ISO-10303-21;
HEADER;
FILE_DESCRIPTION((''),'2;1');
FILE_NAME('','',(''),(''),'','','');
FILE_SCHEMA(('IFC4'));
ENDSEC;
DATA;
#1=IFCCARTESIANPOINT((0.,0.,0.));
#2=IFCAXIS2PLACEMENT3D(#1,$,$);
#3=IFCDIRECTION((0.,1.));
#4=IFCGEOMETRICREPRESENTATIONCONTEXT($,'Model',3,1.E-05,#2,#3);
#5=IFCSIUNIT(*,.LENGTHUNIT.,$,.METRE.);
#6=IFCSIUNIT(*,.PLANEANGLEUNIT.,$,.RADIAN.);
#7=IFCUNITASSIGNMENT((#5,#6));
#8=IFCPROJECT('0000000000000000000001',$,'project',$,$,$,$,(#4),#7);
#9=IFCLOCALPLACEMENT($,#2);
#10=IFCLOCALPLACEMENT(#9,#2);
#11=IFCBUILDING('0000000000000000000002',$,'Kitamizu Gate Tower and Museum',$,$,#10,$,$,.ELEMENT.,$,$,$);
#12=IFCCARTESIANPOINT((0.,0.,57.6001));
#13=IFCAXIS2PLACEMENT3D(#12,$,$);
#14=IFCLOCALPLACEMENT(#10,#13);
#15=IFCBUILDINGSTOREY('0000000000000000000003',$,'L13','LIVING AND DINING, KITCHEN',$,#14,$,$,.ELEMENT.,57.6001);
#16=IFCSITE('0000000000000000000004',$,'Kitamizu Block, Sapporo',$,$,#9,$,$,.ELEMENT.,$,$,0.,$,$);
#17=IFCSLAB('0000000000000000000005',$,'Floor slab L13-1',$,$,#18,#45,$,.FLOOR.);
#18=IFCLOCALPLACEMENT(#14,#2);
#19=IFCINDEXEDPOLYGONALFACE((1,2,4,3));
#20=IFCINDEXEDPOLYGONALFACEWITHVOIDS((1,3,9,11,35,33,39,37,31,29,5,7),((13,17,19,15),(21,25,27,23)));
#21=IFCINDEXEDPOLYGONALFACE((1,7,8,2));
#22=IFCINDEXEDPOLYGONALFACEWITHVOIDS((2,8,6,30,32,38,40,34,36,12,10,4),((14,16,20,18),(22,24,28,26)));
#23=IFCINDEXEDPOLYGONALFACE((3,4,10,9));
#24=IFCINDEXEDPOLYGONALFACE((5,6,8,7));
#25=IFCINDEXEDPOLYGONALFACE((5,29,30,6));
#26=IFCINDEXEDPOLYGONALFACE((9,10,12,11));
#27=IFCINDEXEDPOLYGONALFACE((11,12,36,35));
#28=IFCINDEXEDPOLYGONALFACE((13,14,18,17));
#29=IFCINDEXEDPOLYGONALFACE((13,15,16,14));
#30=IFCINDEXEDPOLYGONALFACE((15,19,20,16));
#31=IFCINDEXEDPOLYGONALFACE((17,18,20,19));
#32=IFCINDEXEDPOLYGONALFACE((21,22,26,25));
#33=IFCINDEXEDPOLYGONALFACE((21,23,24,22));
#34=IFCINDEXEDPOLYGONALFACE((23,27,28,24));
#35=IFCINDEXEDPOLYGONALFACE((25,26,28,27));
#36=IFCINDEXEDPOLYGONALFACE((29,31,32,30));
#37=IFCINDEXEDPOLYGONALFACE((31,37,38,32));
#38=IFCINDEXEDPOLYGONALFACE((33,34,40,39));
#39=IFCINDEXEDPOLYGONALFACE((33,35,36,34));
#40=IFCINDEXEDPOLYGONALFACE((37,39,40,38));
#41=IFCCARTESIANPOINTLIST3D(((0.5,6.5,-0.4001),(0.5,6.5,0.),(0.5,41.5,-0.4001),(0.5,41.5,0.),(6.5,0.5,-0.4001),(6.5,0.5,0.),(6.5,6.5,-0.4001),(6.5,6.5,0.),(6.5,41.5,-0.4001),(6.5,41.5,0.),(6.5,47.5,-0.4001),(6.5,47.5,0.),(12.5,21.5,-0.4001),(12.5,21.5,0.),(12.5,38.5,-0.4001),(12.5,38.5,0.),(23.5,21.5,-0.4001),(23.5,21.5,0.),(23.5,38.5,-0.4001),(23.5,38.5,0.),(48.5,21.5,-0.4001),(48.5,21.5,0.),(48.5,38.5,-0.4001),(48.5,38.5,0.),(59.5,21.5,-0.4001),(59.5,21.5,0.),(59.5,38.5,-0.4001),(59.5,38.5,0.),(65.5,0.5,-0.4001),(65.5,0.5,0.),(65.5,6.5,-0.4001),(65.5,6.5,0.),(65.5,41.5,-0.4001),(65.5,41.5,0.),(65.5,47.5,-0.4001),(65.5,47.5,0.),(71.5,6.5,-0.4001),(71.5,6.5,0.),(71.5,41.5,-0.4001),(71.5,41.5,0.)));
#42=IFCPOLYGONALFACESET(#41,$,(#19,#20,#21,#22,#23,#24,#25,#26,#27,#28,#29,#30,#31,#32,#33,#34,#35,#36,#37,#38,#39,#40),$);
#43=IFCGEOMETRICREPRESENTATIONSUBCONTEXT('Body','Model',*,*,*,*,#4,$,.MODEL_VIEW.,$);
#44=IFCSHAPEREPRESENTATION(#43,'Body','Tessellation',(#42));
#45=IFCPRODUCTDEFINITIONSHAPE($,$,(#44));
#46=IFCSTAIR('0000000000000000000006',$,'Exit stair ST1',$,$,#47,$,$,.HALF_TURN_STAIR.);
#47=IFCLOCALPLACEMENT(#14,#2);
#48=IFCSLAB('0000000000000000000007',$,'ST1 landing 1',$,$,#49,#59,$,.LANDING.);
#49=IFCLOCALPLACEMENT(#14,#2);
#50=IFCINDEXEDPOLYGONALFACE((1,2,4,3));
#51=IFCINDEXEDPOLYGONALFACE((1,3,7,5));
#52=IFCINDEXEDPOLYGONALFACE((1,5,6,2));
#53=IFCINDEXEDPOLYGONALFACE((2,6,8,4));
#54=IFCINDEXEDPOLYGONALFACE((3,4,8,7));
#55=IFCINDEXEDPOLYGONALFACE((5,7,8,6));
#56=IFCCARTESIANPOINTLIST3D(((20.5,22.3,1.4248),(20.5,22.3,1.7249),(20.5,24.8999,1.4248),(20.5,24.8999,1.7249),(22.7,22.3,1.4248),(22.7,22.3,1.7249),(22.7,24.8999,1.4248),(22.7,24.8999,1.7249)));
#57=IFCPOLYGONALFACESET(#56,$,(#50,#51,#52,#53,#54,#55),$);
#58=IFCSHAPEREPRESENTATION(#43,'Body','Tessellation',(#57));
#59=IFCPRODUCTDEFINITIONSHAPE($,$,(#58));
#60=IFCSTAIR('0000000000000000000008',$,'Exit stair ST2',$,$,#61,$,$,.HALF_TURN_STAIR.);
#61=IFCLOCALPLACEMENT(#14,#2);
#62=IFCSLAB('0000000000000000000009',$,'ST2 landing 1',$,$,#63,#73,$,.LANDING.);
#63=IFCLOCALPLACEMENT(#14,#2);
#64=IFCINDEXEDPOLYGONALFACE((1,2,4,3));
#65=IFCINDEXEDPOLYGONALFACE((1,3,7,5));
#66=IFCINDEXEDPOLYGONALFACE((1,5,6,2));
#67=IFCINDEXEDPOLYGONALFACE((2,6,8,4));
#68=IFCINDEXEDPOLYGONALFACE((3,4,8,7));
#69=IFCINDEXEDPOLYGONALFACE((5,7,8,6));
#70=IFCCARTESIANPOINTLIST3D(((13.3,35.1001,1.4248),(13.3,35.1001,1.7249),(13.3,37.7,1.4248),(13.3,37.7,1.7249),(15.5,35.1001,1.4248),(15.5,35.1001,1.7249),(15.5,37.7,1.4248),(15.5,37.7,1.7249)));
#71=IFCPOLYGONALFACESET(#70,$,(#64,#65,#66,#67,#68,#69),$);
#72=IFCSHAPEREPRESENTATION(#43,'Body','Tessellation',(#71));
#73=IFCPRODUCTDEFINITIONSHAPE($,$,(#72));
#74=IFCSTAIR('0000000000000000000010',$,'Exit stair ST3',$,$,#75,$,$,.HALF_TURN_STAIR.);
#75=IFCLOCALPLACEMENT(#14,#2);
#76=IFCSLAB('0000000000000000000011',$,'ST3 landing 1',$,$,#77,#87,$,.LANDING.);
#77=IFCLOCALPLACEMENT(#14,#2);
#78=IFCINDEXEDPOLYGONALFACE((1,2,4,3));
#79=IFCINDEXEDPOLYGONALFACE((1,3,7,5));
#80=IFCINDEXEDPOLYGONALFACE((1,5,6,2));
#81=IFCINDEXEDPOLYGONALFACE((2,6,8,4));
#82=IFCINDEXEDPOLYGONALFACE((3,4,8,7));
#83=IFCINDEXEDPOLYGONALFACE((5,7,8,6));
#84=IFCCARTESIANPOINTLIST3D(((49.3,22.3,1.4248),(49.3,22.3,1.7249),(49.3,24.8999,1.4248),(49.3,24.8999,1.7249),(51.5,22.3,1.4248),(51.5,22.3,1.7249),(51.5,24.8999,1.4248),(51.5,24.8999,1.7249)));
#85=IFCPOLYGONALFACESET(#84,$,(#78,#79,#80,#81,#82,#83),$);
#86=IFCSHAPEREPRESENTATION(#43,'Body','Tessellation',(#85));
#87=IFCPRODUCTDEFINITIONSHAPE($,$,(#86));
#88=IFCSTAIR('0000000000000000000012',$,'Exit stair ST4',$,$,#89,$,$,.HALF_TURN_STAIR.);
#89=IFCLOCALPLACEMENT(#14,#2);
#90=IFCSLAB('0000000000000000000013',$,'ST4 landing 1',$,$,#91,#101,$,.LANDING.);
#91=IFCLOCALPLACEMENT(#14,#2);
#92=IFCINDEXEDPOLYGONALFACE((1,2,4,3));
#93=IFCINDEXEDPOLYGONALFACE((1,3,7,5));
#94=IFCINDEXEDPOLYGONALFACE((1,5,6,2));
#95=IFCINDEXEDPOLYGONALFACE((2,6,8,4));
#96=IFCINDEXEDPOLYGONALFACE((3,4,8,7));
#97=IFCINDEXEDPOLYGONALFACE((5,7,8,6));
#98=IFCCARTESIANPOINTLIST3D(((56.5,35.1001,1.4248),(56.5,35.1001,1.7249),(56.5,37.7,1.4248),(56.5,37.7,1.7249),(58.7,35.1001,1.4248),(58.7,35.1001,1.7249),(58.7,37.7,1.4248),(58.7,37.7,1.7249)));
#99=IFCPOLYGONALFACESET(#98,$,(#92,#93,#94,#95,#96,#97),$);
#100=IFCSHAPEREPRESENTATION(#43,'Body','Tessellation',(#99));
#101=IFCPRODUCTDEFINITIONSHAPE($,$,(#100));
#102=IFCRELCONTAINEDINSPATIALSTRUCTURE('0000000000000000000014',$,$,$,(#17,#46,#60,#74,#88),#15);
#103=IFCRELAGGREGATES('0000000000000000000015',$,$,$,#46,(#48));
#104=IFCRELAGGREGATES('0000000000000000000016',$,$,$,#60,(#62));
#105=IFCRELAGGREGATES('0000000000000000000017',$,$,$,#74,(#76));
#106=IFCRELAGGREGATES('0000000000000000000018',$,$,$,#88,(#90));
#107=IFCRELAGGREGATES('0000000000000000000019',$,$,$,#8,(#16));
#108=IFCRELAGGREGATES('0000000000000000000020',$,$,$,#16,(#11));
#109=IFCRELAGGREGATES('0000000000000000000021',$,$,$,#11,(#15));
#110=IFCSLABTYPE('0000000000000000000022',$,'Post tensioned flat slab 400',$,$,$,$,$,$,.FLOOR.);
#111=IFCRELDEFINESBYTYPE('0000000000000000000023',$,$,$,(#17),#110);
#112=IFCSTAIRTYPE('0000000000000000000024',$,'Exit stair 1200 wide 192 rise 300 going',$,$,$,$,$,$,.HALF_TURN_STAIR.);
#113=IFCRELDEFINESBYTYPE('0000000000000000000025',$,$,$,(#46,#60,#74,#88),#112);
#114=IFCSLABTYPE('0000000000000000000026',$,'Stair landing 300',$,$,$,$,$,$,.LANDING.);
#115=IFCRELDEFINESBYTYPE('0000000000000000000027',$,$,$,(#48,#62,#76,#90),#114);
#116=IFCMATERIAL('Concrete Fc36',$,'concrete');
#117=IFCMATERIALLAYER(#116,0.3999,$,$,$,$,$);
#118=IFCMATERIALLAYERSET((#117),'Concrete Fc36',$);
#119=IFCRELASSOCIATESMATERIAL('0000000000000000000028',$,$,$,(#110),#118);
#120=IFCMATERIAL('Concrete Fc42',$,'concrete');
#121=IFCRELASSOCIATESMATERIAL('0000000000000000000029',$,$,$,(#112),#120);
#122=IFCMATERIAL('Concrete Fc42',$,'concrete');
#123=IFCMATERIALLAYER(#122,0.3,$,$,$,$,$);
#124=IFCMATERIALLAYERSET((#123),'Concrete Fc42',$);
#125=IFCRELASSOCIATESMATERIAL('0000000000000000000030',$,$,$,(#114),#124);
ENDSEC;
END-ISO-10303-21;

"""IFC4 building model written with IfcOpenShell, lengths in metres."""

from ifc_helpers import new_model, si_unit, direction, frame, origin, place, context, subcontext, project, spatial, polyline, outline, extrude, material, layer, layer_set, type_object, element, aggregate, save


model = new_model("IFC4")

# Units and contexts
model_context = context("Model", 3, precision=1e-05, world=origin(), true_north=direction((0.0, 1.0)))
body_context = subcontext(model_context, "Body", "Model", "MODEL_VIEW")
ifc_project = project(units=[si_unit("LENGTHUNIT", "METRE"), si_unit("PLANEANGLEUNIT", "RADIAN")], contexts=[model_context])

# Site, building, storey
site_placement = place(None, origin())
site = spatial("IfcSite", under=ifc_project, at=site_placement, Name="Kitamizu Block, Sapporo", CompositionType="ELEMENT", RefElevation=0.0)
building_placement = place(site_placement, origin())
building = spatial("IfcBuilding", under=site, at=building_placement, Name="Kitamizu Gate Tower and Museum", CompositionType="ELEMENT")
storey_placement = place(building_placement, frame((0.0, 0.0, 57.6001)))
storey = spatial("IfcBuildingStorey", under=building, at=storey_placement, Name="L13", Description="LIVING AND DINING, KITCHEN", CompositionType="ELEMENT", Elevation=57.6001)

# Slab
ifc_material_1 = material(Name="Concrete Fc36", Category="concrete")
ifc_layer_1 = layer(ifc_material_1, 0.3999)
ifc_layer_set_1 = layer_set([ifc_layer_1], Name="Concrete Fc36")
slab_type_1 = type_object("IfcSlabType", Name="Post tensioned flat slab 400", PredefinedType="FLOOR", material=ifc_layer_set_1)
slab_1_placement = place(storey_placement, frame((0.0, 0.0, -0.4001)))
element("IfcSlab", 1, at=slab_1_placement, inside=storey, type_object=slab_type_1, Name="Floor slab L13-1", PredefinedType="FLOOR", context=body_context, shape_type="SweptSolid", body=[
    extrude(outline(polyline([(0.5, 6.5), (0.5, 41.5), (6.5, 41.5), (6.5, 47.5), (65.5, 47.5), (65.5, 41.5), (71.5, 41.5), (71.5, 6.5), (65.5, 6.5), (65.5, 0.5), (6.5, 0.5), (6.5, 6.5), (0.5, 6.5)]), holes=[polyline([(59.5, 38.5), (48.5, 38.5), (48.5, 21.5), (59.5, 21.5), (59.5, 38.5)]), polyline([(12.5, 38.5), (12.5, 21.5), (23.5, 21.5), (23.5, 38.5), (12.5, 38.5)])]), origin(), (0.0, 0.0, 1.0), 0.4001),
])

# Stairs, slabs
ifc_material_2 = material(Name="Concrete Fc42", Category="concrete")
stair_type = type_object("IfcStairType", Name="Exit stair 1200 wide 192 rise 300 going", PredefinedType="HALF_TURN_STAIR", material=ifc_material_2)
stair_1_placement = place(storey_placement, origin())
stair_1 = element("IfcStair", 2, at=stair_1_placement, inside=storey, type_object=stair_type, Name="Exit stair ST1", PredefinedType="HALF_TURN_STAIR")
ifc_material_3 = material(Name="Concrete Fc42", Category="concrete")
ifc_layer_2 = layer(ifc_material_3, 0.3)
ifc_layer_set_2 = layer_set([ifc_layer_2], Name="Concrete Fc42")
slab_type_2 = type_object("IfcSlabType", Name="Stair landing 300", PredefinedType="LANDING", material=ifc_layer_set_2)
slab_2_placement = place(storey_placement, frame((0.0, 0.0, 1.4248)))
slab_2 = element("IfcSlab", 3, at=slab_2_placement, type_object=slab_type_2, Name="ST1 landing 1", PredefinedType="LANDING", context=body_context, shape_type="SweptSolid", body=[
    extrude(outline(polyline([(20.5, 22.3), (22.7, 22.3), (22.7, 24.8999), (20.5, 24.8999), (20.5, 22.3)])), origin(), (0.0, 0.0, 1.0), 0.3),
])
aggregate(stair_1, [slab_2])
stair_2_placement = place(storey_placement, origin())
stair_2 = element("IfcStair", 4, at=stair_2_placement, inside=storey, type_object=stair_type, Name="Exit stair ST2", PredefinedType="HALF_TURN_STAIR")
slab_3_placement = place(storey_placement, frame((0.0, 0.0, 1.4248)))
slab_3 = element("IfcSlab", 5, at=slab_3_placement, type_object=slab_type_2, Name="ST2 landing 1", PredefinedType="LANDING", context=body_context, shape_type="SweptSolid", body=[
    extrude(outline(polyline([(13.3, 35.1001), (15.5, 35.1001), (15.5, 37.7), (13.3, 37.7), (13.3, 35.1001)])), origin(), (0.0, 0.0, 1.0), 0.3),
])
aggregate(stair_2, [slab_3])
stair_3_placement = place(storey_placement, origin())
stair_3 = element("IfcStair", 6, at=stair_3_placement, inside=storey, type_object=stair_type, Name="Exit stair ST3", PredefinedType="HALF_TURN_STAIR")
slab_4_placement = place(storey_placement, frame((0.0, 0.0, 1.4248)))
slab_4 = element("IfcSlab", 7, at=slab_4_placement, type_object=slab_type_2, Name="ST3 landing 1", PredefinedType="LANDING", context=body_context, shape_type="SweptSolid", body=[
    extrude(outline(polyline([(49.3, 22.3), (51.5, 22.3), (51.5, 24.8999), (49.3, 24.8999), (49.3, 22.3)])), origin(), (0.0, 0.0, 1.0), 0.3),
])
aggregate(stair_3, [slab_4])
stair_4_placement = place(storey_placement, origin())
stair_4 = element("IfcStair", 8, at=stair_4_placement, inside=storey, type_object=stair_type, Name="Exit stair ST4", PredefinedType="HALF_TURN_STAIR")
slab_5_placement = place(storey_placement, frame((0.0, 0.0, 1.4248)))
slab_5 = element("IfcSlab", 9, at=slab_5_placement, type_object=slab_type_2, Name="ST4 landing 1", PredefinedType="LANDING", context=body_context, shape_type="SweptSolid", body=[
    extrude(outline(polyline([(56.5, 35.1001), (58.7, 35.1001), (58.7, 37.7), (56.5, 37.7), (56.5, 35.1001)])), origin(), (0.0, 0.0, 1.0), 0.3),
])
aggregate(stair_4, [slab_5])

save(model, "model.ifc")
